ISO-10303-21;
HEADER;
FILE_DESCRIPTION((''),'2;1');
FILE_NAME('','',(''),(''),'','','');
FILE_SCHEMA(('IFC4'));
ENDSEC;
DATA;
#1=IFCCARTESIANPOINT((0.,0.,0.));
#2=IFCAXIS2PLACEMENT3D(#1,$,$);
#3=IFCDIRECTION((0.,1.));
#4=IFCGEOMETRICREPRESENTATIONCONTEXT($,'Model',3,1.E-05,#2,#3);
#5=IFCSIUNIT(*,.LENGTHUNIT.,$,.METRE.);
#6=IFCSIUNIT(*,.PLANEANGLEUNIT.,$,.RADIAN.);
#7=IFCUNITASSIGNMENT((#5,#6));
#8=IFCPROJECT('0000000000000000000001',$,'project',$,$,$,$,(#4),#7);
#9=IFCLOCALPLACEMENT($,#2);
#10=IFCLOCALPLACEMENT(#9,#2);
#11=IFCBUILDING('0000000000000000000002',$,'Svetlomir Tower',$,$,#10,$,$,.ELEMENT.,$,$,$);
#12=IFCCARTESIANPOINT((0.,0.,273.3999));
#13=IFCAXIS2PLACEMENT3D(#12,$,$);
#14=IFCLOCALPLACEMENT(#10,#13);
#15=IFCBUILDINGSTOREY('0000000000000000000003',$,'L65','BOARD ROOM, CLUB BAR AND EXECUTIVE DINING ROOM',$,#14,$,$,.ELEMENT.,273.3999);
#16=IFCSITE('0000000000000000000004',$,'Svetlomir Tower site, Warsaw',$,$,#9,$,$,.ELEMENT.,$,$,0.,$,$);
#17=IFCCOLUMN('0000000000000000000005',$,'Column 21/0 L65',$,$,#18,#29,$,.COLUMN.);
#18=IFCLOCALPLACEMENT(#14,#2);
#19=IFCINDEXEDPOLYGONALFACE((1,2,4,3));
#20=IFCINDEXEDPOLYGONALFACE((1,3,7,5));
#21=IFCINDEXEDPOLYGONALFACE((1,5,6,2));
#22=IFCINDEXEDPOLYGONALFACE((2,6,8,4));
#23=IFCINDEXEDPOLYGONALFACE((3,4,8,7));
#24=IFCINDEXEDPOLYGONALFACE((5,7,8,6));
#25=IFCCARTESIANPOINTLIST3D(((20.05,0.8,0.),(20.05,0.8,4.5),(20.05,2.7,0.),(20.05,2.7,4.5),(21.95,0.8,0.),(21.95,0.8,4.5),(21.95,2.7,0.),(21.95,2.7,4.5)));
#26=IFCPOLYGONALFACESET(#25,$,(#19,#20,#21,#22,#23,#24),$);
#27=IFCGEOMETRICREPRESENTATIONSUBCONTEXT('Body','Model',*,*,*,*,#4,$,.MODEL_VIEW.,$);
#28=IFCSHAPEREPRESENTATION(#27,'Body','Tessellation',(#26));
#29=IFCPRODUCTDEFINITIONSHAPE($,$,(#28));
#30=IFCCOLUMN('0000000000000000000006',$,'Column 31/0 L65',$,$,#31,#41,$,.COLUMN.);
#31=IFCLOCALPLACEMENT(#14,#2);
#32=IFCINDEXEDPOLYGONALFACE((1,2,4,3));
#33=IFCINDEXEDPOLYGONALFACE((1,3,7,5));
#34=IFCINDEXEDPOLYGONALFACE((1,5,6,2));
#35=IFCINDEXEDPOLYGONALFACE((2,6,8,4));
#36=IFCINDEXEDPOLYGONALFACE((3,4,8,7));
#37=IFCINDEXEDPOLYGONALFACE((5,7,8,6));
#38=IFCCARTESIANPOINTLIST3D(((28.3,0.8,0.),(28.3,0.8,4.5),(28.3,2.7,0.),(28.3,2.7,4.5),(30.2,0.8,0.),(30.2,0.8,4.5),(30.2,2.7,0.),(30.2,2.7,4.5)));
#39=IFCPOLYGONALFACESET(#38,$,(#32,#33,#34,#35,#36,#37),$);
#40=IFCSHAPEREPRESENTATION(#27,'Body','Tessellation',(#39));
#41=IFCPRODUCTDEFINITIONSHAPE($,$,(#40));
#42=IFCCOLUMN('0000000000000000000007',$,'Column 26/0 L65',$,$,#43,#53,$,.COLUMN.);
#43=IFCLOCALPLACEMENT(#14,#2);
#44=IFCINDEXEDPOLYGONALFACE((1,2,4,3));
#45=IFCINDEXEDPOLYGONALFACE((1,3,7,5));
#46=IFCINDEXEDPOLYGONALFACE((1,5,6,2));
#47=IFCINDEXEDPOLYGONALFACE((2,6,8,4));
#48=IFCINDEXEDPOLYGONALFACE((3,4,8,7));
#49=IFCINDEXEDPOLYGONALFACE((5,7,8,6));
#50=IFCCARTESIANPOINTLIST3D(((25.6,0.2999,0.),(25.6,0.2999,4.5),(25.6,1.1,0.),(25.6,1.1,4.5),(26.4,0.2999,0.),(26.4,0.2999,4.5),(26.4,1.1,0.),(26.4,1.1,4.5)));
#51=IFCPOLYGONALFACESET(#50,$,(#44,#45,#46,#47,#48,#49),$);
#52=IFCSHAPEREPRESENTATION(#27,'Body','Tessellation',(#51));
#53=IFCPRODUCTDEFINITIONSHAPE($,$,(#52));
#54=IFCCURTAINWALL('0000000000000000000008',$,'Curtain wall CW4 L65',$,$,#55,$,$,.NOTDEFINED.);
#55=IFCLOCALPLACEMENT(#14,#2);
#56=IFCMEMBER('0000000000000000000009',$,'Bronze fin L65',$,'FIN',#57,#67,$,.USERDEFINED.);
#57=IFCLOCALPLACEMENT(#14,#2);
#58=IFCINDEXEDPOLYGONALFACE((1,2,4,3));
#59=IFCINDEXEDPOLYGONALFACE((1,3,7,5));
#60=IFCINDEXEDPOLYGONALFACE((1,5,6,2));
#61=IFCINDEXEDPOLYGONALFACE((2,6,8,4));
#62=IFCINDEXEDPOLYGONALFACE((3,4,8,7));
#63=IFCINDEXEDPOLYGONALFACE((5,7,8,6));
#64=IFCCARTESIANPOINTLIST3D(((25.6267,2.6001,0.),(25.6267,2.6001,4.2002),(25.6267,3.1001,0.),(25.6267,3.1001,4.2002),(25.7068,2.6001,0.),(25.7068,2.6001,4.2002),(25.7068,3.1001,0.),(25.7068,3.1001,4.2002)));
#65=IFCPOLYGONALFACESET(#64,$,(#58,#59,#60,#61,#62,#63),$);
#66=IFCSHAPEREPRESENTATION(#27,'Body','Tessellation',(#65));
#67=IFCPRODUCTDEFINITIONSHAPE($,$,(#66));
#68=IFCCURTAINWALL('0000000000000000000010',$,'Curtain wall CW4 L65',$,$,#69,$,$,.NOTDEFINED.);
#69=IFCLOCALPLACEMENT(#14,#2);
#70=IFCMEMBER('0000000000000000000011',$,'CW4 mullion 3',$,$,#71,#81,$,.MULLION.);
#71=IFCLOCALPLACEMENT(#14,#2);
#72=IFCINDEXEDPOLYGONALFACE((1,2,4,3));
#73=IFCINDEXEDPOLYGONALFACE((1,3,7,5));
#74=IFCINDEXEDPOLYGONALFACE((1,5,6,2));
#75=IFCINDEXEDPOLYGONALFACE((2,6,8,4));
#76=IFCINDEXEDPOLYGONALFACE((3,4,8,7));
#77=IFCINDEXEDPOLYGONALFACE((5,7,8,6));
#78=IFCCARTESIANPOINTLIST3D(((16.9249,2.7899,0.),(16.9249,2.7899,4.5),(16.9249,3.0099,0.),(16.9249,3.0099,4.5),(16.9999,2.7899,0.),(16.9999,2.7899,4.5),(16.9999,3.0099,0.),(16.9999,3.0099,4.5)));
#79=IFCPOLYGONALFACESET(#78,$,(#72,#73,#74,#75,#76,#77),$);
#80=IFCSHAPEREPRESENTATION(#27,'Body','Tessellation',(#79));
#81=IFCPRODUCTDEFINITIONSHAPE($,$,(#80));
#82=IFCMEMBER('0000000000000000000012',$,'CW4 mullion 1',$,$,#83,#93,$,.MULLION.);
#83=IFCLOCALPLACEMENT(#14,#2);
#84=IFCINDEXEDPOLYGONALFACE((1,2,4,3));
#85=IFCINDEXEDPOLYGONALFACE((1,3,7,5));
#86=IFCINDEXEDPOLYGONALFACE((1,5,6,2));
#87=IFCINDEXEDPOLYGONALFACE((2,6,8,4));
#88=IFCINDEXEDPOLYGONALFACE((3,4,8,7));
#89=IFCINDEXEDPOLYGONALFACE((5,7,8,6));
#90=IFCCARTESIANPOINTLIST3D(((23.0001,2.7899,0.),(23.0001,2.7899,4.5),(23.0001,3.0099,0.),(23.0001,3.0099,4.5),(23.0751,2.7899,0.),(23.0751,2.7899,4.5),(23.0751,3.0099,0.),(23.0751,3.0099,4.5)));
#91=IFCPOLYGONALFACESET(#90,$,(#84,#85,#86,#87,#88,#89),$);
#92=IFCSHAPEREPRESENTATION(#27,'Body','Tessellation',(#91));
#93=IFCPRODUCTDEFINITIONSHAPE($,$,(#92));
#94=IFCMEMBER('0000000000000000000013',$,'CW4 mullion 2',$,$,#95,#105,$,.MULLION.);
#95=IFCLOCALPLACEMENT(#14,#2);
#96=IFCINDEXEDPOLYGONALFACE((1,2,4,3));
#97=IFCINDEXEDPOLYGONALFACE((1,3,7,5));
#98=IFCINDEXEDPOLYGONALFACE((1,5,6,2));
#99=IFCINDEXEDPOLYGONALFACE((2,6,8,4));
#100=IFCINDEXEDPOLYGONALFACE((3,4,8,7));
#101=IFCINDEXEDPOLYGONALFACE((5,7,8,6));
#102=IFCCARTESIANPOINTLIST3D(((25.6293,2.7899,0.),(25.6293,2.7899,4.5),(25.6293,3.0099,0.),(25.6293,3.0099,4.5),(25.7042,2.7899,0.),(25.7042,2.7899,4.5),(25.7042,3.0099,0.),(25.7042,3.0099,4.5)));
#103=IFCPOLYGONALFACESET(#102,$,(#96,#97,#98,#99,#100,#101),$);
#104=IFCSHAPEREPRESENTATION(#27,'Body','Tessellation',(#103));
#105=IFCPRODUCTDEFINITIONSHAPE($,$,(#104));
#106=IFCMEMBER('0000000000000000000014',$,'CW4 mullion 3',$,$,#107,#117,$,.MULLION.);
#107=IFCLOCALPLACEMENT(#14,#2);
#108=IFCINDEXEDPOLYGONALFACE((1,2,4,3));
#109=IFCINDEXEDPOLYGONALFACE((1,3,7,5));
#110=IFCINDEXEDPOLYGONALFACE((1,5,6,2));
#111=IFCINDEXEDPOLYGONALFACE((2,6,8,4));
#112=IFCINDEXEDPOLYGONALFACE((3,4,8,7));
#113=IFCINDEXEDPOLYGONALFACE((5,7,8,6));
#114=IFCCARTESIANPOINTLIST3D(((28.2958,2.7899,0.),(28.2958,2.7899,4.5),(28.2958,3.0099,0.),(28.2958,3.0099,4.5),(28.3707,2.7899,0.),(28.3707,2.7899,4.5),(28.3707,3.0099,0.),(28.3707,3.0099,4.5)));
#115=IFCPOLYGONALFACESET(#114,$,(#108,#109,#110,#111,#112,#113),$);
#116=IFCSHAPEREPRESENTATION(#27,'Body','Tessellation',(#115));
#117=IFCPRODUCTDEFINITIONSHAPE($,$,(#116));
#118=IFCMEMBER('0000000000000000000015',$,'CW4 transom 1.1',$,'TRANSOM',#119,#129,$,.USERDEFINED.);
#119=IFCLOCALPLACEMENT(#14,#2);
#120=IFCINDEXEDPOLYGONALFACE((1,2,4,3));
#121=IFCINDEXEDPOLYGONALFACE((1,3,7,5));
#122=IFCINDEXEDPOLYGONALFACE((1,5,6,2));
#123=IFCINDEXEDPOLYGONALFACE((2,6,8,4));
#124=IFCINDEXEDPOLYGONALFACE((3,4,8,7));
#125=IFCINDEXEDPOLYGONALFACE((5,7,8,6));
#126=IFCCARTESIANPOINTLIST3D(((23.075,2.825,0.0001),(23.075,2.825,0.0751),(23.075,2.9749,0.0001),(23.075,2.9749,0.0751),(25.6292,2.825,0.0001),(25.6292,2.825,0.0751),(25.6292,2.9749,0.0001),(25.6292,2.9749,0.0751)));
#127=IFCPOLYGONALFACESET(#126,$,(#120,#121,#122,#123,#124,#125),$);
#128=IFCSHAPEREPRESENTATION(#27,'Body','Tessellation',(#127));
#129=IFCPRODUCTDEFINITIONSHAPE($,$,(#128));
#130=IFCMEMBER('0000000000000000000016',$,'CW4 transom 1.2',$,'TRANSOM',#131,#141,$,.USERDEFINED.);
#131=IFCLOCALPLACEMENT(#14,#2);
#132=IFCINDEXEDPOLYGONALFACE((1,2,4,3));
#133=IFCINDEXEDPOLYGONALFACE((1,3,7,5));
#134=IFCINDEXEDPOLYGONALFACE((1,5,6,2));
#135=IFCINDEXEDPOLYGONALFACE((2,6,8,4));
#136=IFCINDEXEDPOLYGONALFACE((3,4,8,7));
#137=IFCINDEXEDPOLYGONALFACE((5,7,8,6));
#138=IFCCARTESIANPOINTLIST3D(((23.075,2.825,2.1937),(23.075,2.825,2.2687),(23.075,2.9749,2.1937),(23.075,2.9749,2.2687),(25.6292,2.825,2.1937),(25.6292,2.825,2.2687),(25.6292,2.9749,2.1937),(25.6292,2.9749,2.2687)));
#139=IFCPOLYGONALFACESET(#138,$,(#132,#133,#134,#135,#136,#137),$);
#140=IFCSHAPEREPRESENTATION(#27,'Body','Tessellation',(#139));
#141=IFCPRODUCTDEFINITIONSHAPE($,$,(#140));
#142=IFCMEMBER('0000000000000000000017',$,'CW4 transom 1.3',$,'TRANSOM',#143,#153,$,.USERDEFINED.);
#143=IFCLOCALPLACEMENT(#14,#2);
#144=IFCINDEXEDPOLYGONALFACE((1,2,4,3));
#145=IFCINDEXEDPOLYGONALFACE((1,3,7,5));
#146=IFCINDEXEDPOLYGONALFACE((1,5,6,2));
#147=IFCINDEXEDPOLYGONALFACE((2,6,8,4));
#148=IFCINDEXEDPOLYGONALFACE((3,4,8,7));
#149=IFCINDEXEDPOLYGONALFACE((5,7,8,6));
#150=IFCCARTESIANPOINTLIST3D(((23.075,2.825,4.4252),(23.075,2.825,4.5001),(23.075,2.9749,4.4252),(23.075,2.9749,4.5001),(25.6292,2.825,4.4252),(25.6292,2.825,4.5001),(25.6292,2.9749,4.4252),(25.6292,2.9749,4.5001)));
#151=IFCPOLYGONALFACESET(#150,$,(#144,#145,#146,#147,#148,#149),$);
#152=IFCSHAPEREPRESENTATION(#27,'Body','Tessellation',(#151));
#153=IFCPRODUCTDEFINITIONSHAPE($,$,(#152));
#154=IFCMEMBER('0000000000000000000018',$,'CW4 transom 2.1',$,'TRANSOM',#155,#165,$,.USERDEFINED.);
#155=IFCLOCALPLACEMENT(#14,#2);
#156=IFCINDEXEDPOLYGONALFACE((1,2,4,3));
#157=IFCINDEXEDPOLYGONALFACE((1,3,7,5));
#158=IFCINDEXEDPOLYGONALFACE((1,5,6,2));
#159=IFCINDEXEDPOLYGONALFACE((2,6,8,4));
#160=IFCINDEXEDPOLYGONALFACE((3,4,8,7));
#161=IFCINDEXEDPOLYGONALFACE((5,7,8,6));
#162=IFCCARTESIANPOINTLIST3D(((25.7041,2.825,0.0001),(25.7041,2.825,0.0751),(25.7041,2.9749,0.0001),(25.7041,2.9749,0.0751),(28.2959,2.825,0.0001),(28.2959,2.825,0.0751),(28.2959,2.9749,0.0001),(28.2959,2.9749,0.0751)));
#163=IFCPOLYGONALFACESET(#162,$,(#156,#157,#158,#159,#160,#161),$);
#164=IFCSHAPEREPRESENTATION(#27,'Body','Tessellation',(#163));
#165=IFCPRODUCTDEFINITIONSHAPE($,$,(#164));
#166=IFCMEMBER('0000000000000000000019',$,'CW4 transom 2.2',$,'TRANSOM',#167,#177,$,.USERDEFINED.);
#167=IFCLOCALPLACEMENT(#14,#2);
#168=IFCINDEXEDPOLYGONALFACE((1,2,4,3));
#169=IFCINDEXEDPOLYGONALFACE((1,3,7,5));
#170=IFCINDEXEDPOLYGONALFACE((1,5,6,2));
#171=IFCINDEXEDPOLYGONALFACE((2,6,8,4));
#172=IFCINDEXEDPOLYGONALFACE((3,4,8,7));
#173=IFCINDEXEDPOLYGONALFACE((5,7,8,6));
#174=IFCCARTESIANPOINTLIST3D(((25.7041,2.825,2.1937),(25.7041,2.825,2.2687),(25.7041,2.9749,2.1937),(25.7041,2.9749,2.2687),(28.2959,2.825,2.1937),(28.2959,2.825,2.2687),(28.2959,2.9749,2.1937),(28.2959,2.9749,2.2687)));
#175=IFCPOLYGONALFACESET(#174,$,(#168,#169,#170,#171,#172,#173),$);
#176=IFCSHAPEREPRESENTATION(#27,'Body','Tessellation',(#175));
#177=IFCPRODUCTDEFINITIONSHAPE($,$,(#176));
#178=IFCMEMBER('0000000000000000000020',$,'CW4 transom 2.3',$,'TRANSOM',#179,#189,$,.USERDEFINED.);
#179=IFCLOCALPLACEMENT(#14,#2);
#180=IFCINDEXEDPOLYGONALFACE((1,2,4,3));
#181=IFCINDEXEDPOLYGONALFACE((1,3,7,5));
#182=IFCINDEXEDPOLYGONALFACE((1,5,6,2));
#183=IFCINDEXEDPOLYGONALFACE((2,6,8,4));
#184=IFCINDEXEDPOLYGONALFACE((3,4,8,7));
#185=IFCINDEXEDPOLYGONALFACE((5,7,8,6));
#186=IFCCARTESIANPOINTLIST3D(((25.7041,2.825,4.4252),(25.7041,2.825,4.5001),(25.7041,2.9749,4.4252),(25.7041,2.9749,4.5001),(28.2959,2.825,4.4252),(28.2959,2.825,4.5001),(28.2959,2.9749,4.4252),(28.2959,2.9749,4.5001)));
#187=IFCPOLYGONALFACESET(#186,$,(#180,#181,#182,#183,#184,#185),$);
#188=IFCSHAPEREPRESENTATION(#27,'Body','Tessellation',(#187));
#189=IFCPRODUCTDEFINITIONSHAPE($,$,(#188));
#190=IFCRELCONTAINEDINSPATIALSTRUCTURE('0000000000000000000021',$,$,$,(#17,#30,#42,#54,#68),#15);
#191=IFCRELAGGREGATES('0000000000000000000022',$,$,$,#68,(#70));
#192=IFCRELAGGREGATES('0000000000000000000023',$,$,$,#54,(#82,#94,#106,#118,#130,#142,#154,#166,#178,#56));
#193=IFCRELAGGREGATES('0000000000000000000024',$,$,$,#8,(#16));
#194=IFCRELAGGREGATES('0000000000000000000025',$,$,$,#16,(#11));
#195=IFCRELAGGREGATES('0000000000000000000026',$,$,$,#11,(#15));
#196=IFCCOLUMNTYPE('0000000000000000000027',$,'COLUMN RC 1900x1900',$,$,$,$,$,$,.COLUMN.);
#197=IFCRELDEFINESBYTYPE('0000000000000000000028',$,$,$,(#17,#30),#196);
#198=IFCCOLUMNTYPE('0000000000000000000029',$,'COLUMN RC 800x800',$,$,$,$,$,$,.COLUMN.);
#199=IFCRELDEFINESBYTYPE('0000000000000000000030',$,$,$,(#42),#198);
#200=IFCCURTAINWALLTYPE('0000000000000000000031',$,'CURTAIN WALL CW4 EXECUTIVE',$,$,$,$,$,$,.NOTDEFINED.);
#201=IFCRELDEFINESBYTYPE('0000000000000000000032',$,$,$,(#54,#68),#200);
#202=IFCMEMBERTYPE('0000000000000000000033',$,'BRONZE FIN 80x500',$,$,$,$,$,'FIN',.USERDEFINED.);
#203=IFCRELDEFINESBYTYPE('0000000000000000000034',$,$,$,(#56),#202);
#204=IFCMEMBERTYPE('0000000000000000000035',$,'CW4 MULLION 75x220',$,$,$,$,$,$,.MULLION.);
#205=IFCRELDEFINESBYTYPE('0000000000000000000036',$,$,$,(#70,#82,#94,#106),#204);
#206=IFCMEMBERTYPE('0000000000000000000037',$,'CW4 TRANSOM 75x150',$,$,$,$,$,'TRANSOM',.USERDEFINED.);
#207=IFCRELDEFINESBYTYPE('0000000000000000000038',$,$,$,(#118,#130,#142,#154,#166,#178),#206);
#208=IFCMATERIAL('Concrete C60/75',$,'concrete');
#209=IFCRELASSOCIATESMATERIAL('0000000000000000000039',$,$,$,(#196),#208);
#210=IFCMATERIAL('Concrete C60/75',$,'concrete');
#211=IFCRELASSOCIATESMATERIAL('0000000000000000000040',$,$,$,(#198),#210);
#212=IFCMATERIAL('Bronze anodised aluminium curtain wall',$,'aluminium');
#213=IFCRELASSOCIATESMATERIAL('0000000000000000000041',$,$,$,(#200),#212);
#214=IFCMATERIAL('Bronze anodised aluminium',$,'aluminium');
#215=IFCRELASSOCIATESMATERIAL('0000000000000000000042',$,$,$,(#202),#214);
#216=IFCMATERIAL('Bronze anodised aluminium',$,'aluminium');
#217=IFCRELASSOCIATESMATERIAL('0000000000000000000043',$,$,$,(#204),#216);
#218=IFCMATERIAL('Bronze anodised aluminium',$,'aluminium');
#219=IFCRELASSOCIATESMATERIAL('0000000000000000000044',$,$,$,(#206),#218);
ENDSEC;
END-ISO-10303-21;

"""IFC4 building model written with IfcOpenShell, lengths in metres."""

from ifc_helpers import new_model, si_unit, direction, frame, origin, origin_2d, place, context, subcontext, project, spatial, rectangle, extrude, material, material_profile, profile_set, type_object, element, aggregate, save


model = new_model("IFC4")

# Units and contexts
model_context = context("Model", 3, precision=1e-05, world=origin(), true_north=direction((0.0, 1.0)))
body_context = subcontext(model_context, "Body", "Model", "MODEL_VIEW")
ifc_project = project(units=[si_unit("LENGTHUNIT", "METRE"), si_unit("PLANEANGLEUNIT", "RADIAN")], contexts=[model_context])

# Site, building, storey
site_placement = place(None, origin())
site = spatial("IfcSite", under=ifc_project, at=site_placement, Name="Svetlomir Tower site, Warsaw", CompositionType="ELEMENT", RefElevation=0.0)
building_placement = place(site_placement, origin())
building = spatial("IfcBuilding", under=site, at=building_placement, Name="Svetlomir Tower", CompositionType="ELEMENT")
storey_placement = place(building_placement, frame((0.0, 0.0, 273.3999)))
storey = spatial("IfcBuildingStorey", under=building, at=storey_placement, Name="L65", Description="BOARD ROOM, CLUB BAR AND EXECUTIVE DINING ROOM", CompositionType="ELEMENT", Elevation=273.3999)

# Columns
ifc_material_1 = material(Name="Concrete C60/75", Category="concrete")
ifc_material_profile_1 = material_profile(ifc_material_1, rectangle(XDim=1.8999, YDim=1.8999, at=origin_2d()), Name="RC 1900x1900")
ifc_profile_set_1 = profile_set([ifc_material_profile_1], Name="Concrete C60/75")
column_type_1 = type_object("IfcColumnType", Name="COLUMN RC 1900x1900", PredefinedType="COLUMN", material=ifc_profile_set_1)
for number, where, z_axis, x_axis, name in (
    (1, (21.0, 1.75, 0.0), (0.0, 0.0, 1.0), (1.0, 0.0, 0.0), "Column 21/0 L65"),
    (2, (29.25, 1.75, 0.0), (0.0, 0.0, 1.0), (1.0, 0.0, 0.0), "Column 31/0 L65"),
):
    element("IfcColumn", number, at=place(storey_placement, frame(where, z_axis=z_axis, x_axis=x_axis)), inside=storey, type_object=column_type_1, Name=name, PredefinedType="COLUMN", context=body_context, shape_type="SweptSolid", body=[
        extrude(rectangle(XDim=1.8999, YDim=1.8999, at=origin_2d()), origin(), (0.0, 0.0, 1.0), 4.5),
    ])
ifc_material_2 = material(Name="Concrete C60/75", Category="concrete")
ifc_material_profile_2 = material_profile(ifc_material_2, rectangle(XDim=0.8, YDim=0.8, at=origin_2d()), Name="RC 800x800")
ifc_profile_set_2 = profile_set([ifc_material_profile_2], Name="Concrete C60/75")
column_type_2 = type_object("IfcColumnType", Name="COLUMN RC 800x800", PredefinedType="COLUMN", material=ifc_profile_set_2)
column_placement = place(storey_placement, frame((26.0, 0.7, 0.0), z_axis=(0.0, 0.0, 1.0), x_axis=(1.0, 0.0, 0.0)))
element("IfcColumn", 3, at=column_placement, inside=storey, type_object=column_type_2, Name="Column 26/0 L65", PredefinedType="COLUMN", context=body_context, shape_type="SweptSolid", body=[
    extrude(rectangle(XDim=0.8, YDim=0.8, at=origin_2d()), origin(), (0.0, 0.0, 1.0), 4.5),
])

# Curtain walls, members
ifc_material_3 = material(Name="Bronze anodised aluminium curtain wall", Category="aluminium")
curtain_wall_type = type_object("IfcCurtainWallType", Name="CURTAIN WALL CW4 EXECUTIVE", PredefinedType="NOTDEFINED", material=ifc_material_3)
curtain_wall_1_placement = place(storey_placement, origin())
curtain_wall_1 = element("IfcCurtainWall", 4, at=curtain_wall_1_placement, inside=storey, type_object=curtain_wall_type, Name="Curtain wall CW4 L65", PredefinedType="NOTDEFINED")
ifc_material_4 = material(Name="Bronze anodised aluminium", Category="aluminium")
ifc_material_profile_3 = material_profile(ifc_material_4, rectangle(XDim=0.0801, YDim=0.5, at=origin_2d()), Name="FIN 80x500")
ifc_profile_set_3 = profile_set([ifc_material_profile_3], Name="Bronze anodised aluminium 6063-T6")
member_type_1 = type_object("IfcMemberType", Name="BRONZE FIN 80x500", ElementType="FIN", PredefinedType="USERDEFINED", material=ifc_profile_set_3)
member_1_placement = place(storey_placement, frame((25.6667, 2.8501, 0.0), z_axis=(0.0, 0.0, 1.0), x_axis=(1.0, 0.0, 0.0)))
member_1 = element("IfcMember", 5, at=member_1_placement, type_object=member_type_1, Name="Bronze fin L65", ObjectType="FIN", PredefinedType="USERDEFINED", context=body_context, shape_type="SweptSolid", body=[
    extrude(rectangle(XDim=0.0801, YDim=0.5, at=origin_2d()), origin(), (0.0, 0.0, 1.0), 4.2002),
])
curtain_wall_2_placement = place(storey_placement, origin())
curtain_wall_2 = element("IfcCurtainWall", 6, at=curtain_wall_2_placement, inside=storey, type_object=curtain_wall_type, Name="Curtain wall CW4 L65", PredefinedType="NOTDEFINED")
ifc_material_5 = material(Name="Bronze anodised aluminium", Category="aluminium")
ifc_material_profile_4 = material_profile(ifc_material_5, rectangle(XDim=0.075, YDim=0.22, at=origin_2d()), Name="AL 75x220")
ifc_profile_set_4 = profile_set([ifc_material_profile_4], Name="Bronze anodised aluminium 6063-T6")
member_type_2 = type_object("IfcMemberType", Name="CW4 MULLION 75x220", PredefinedType="MULLION", material=ifc_profile_set_4)
member_2_placement = place(storey_placement, frame((16.9624, 2.8999, 0.0), z_axis=(0.0, 0.0, 1.0), x_axis=(1.0, 0.0, 0.0)))
member_2 = element("IfcMember", 7, at=member_2_placement, type_object=member_type_2, Name="CW4 mullion 3", PredefinedType="MULLION", context=body_context, shape_type="SweptSolid", body=[
    extrude(rectangle(XDim=0.075, YDim=0.22, at=origin_2d()), origin(), (0.0, 0.0, 1.0), 4.5),
])
aggregate(curtain_wall_2, [member_2])

# Members
member_3_placement = place(storey_placement, frame((23.0376, 2.8999, 0.0), z_axis=(0.0, 0.0, 1.0), x_axis=(1.0, 0.0, 0.0)))
member_3 = element("IfcMember", 8, at=member_3_placement, type_object=member_type_2, Name="CW4 mullion 1", PredefinedType="MULLION", context=body_context, shape_type="SweptSolid", body=[
    extrude(rectangle(XDim=0.075, YDim=0.22, at=origin_2d()), origin(), (0.0, 0.0, 1.0), 4.5),
])
member_4_placement = place(storey_placement, frame((25.6667, 2.8999, 0.0), z_axis=(0.0, 0.0, 1.0), x_axis=(1.0, 0.0, 0.0)))
member_4 = element("IfcMember", 9, at=member_4_placement, type_object=member_type_2, Name="CW4 mullion 2", PredefinedType="MULLION", context=body_context, shape_type="SweptSolid", body=[
    extrude(rectangle(XDim=0.075, YDim=0.22, at=origin_2d()), origin(), (0.0, 0.0, 1.0), 4.5),
])
member_5_placement = place(storey_placement, frame((28.3333, 2.8999, 0.0), z_axis=(0.0, 0.0, 1.0), x_axis=(1.0, 0.0, 0.0)))
member_5 = element("IfcMember", 10, at=member_5_placement, type_object=member_type_2, Name="CW4 mullion 3", PredefinedType="MULLION", context=body_context, shape_type="SweptSolid", body=[
    extrude(rectangle(XDim=0.075, YDim=0.22, at=origin_2d()), origin(), (0.0, 0.0, 1.0), 4.5),
])
ifc_material_6 = material(Name="Bronze anodised aluminium", Category="aluminium")
ifc_material_profile_5 = material_profile(ifc_material_6, rectangle(XDim=0.1499, YDim=0.075, at=origin_2d()), Name="AL 150x75")
ifc_profile_set_5 = profile_set([ifc_material_profile_5], Name="Bronze anodised aluminium 6063-T6")
member_type_3 = type_object("IfcMemberType", Name="CW4 TRANSOM 75x150", ElementType="TRANSOM", PredefinedType="USERDEFINED", material=ifc_profile_set_5)
member_6_placement = place(storey_placement, frame((23.075, 2.8999, 0.0376), z_axis=(1.0, 0.0, 0.0), x_axis=(0.0, 1.0, 0.0)))
member_6 = element("IfcMember", 11, at=member_6_placement, type_object=member_type_3, Name="CW4 transom 1.1", ObjectType="TRANSOM", PredefinedType="USERDEFINED", context=body_context, shape_type="SweptSolid", body=[
    extrude(rectangle(XDim=0.1499, YDim=0.075, at=origin_2d()), origin(), (0.0, 0.0, 1.0), 2.5542),
])
member_7_placement = place(storey_placement, frame((23.075, 2.8999, 2.2312), z_axis=(1.0, 0.0, 0.0), x_axis=(0.0, 1.0, 0.0)))
member_7 = element("IfcMember", 12, at=member_7_placement, type_object=member_type_3, Name="CW4 transom 1.2", ObjectType="TRANSOM", PredefinedType="USERDEFINED", context=body_context, shape_type="SweptSolid", body=[
    extrude(rectangle(XDim=0.1499, YDim=0.075, at=origin_2d()), origin(), (0.0, 0.0, 1.0), 2.5542),
])
member_8_placement = place(storey_placement, frame((23.075, 2.8999, 4.4626), z_axis=(1.0, 0.0, 0.0), x_axis=(0.0, 1.0, 0.0)))
member_8 = element("IfcMember", 13, at=member_8_placement, type_object=member_type_3, Name="CW4 transom 1.3", ObjectType="TRANSOM", PredefinedType="USERDEFINED", context=body_context, shape_type="SweptSolid", body=[
    extrude(rectangle(XDim=0.1499, YDim=0.075, at=origin_2d()), origin(), (0.0, 0.0, 1.0), 2.5542),
])
member_9_placement = place(storey_placement, frame((25.7041, 2.8999, 0.0376), z_axis=(1.0, 0.0, 0.0), x_axis=(0.0, 1.0, 0.0)))
member_9 = element("IfcMember", 14, at=member_9_placement, type_object=member_type_3, Name="CW4 transom 2.1", ObjectType="TRANSOM", PredefinedType="USERDEFINED", context=body_context, shape_type="SweptSolid", body=[
    extrude(rectangle(XDim=0.1499, YDim=0.075, at=origin_2d()), origin(), (0.0, 0.0, 1.0), 2.5918),
])
member_10_placement = place(storey_placement, frame((25.7041, 2.8999, 2.2312), z_axis=(1.0, 0.0, 0.0), x_axis=(0.0, 1.0, 0.0)))
member_10 = element("IfcMember", 15, at=member_10_placement, type_object=member_type_3, Name="CW4 transom 2.2", ObjectType="TRANSOM", PredefinedType="USERDEFINED", context=body_context, shape_type="SweptSolid", body=[
    extrude(rectangle(XDim=0.1499, YDim=0.075, at=origin_2d()), origin(), (0.0, 0.0, 1.0), 2.5918),
])
member_11_placement = place(storey_placement, frame((25.7041, 2.8999, 4.4626), z_axis=(1.0, 0.0, 0.0), x_axis=(0.0, 1.0, 0.0)))
member_11 = element("IfcMember", 16, at=member_11_placement, type_object=member_type_3, Name="CW4 transom 2.3", ObjectType="TRANSOM", PredefinedType="USERDEFINED", context=body_context, shape_type="SweptSolid", body=[
    extrude(rectangle(XDim=0.1499, YDim=0.075, at=origin_2d()), origin(), (0.0, 0.0, 1.0), 2.5918),
])

aggregate(curtain_wall_1, [member_3, member_4, member_5, member_6, member_7, member_8, member_9, member_10, member_11, member_1])

save(model, "model.ifc")
